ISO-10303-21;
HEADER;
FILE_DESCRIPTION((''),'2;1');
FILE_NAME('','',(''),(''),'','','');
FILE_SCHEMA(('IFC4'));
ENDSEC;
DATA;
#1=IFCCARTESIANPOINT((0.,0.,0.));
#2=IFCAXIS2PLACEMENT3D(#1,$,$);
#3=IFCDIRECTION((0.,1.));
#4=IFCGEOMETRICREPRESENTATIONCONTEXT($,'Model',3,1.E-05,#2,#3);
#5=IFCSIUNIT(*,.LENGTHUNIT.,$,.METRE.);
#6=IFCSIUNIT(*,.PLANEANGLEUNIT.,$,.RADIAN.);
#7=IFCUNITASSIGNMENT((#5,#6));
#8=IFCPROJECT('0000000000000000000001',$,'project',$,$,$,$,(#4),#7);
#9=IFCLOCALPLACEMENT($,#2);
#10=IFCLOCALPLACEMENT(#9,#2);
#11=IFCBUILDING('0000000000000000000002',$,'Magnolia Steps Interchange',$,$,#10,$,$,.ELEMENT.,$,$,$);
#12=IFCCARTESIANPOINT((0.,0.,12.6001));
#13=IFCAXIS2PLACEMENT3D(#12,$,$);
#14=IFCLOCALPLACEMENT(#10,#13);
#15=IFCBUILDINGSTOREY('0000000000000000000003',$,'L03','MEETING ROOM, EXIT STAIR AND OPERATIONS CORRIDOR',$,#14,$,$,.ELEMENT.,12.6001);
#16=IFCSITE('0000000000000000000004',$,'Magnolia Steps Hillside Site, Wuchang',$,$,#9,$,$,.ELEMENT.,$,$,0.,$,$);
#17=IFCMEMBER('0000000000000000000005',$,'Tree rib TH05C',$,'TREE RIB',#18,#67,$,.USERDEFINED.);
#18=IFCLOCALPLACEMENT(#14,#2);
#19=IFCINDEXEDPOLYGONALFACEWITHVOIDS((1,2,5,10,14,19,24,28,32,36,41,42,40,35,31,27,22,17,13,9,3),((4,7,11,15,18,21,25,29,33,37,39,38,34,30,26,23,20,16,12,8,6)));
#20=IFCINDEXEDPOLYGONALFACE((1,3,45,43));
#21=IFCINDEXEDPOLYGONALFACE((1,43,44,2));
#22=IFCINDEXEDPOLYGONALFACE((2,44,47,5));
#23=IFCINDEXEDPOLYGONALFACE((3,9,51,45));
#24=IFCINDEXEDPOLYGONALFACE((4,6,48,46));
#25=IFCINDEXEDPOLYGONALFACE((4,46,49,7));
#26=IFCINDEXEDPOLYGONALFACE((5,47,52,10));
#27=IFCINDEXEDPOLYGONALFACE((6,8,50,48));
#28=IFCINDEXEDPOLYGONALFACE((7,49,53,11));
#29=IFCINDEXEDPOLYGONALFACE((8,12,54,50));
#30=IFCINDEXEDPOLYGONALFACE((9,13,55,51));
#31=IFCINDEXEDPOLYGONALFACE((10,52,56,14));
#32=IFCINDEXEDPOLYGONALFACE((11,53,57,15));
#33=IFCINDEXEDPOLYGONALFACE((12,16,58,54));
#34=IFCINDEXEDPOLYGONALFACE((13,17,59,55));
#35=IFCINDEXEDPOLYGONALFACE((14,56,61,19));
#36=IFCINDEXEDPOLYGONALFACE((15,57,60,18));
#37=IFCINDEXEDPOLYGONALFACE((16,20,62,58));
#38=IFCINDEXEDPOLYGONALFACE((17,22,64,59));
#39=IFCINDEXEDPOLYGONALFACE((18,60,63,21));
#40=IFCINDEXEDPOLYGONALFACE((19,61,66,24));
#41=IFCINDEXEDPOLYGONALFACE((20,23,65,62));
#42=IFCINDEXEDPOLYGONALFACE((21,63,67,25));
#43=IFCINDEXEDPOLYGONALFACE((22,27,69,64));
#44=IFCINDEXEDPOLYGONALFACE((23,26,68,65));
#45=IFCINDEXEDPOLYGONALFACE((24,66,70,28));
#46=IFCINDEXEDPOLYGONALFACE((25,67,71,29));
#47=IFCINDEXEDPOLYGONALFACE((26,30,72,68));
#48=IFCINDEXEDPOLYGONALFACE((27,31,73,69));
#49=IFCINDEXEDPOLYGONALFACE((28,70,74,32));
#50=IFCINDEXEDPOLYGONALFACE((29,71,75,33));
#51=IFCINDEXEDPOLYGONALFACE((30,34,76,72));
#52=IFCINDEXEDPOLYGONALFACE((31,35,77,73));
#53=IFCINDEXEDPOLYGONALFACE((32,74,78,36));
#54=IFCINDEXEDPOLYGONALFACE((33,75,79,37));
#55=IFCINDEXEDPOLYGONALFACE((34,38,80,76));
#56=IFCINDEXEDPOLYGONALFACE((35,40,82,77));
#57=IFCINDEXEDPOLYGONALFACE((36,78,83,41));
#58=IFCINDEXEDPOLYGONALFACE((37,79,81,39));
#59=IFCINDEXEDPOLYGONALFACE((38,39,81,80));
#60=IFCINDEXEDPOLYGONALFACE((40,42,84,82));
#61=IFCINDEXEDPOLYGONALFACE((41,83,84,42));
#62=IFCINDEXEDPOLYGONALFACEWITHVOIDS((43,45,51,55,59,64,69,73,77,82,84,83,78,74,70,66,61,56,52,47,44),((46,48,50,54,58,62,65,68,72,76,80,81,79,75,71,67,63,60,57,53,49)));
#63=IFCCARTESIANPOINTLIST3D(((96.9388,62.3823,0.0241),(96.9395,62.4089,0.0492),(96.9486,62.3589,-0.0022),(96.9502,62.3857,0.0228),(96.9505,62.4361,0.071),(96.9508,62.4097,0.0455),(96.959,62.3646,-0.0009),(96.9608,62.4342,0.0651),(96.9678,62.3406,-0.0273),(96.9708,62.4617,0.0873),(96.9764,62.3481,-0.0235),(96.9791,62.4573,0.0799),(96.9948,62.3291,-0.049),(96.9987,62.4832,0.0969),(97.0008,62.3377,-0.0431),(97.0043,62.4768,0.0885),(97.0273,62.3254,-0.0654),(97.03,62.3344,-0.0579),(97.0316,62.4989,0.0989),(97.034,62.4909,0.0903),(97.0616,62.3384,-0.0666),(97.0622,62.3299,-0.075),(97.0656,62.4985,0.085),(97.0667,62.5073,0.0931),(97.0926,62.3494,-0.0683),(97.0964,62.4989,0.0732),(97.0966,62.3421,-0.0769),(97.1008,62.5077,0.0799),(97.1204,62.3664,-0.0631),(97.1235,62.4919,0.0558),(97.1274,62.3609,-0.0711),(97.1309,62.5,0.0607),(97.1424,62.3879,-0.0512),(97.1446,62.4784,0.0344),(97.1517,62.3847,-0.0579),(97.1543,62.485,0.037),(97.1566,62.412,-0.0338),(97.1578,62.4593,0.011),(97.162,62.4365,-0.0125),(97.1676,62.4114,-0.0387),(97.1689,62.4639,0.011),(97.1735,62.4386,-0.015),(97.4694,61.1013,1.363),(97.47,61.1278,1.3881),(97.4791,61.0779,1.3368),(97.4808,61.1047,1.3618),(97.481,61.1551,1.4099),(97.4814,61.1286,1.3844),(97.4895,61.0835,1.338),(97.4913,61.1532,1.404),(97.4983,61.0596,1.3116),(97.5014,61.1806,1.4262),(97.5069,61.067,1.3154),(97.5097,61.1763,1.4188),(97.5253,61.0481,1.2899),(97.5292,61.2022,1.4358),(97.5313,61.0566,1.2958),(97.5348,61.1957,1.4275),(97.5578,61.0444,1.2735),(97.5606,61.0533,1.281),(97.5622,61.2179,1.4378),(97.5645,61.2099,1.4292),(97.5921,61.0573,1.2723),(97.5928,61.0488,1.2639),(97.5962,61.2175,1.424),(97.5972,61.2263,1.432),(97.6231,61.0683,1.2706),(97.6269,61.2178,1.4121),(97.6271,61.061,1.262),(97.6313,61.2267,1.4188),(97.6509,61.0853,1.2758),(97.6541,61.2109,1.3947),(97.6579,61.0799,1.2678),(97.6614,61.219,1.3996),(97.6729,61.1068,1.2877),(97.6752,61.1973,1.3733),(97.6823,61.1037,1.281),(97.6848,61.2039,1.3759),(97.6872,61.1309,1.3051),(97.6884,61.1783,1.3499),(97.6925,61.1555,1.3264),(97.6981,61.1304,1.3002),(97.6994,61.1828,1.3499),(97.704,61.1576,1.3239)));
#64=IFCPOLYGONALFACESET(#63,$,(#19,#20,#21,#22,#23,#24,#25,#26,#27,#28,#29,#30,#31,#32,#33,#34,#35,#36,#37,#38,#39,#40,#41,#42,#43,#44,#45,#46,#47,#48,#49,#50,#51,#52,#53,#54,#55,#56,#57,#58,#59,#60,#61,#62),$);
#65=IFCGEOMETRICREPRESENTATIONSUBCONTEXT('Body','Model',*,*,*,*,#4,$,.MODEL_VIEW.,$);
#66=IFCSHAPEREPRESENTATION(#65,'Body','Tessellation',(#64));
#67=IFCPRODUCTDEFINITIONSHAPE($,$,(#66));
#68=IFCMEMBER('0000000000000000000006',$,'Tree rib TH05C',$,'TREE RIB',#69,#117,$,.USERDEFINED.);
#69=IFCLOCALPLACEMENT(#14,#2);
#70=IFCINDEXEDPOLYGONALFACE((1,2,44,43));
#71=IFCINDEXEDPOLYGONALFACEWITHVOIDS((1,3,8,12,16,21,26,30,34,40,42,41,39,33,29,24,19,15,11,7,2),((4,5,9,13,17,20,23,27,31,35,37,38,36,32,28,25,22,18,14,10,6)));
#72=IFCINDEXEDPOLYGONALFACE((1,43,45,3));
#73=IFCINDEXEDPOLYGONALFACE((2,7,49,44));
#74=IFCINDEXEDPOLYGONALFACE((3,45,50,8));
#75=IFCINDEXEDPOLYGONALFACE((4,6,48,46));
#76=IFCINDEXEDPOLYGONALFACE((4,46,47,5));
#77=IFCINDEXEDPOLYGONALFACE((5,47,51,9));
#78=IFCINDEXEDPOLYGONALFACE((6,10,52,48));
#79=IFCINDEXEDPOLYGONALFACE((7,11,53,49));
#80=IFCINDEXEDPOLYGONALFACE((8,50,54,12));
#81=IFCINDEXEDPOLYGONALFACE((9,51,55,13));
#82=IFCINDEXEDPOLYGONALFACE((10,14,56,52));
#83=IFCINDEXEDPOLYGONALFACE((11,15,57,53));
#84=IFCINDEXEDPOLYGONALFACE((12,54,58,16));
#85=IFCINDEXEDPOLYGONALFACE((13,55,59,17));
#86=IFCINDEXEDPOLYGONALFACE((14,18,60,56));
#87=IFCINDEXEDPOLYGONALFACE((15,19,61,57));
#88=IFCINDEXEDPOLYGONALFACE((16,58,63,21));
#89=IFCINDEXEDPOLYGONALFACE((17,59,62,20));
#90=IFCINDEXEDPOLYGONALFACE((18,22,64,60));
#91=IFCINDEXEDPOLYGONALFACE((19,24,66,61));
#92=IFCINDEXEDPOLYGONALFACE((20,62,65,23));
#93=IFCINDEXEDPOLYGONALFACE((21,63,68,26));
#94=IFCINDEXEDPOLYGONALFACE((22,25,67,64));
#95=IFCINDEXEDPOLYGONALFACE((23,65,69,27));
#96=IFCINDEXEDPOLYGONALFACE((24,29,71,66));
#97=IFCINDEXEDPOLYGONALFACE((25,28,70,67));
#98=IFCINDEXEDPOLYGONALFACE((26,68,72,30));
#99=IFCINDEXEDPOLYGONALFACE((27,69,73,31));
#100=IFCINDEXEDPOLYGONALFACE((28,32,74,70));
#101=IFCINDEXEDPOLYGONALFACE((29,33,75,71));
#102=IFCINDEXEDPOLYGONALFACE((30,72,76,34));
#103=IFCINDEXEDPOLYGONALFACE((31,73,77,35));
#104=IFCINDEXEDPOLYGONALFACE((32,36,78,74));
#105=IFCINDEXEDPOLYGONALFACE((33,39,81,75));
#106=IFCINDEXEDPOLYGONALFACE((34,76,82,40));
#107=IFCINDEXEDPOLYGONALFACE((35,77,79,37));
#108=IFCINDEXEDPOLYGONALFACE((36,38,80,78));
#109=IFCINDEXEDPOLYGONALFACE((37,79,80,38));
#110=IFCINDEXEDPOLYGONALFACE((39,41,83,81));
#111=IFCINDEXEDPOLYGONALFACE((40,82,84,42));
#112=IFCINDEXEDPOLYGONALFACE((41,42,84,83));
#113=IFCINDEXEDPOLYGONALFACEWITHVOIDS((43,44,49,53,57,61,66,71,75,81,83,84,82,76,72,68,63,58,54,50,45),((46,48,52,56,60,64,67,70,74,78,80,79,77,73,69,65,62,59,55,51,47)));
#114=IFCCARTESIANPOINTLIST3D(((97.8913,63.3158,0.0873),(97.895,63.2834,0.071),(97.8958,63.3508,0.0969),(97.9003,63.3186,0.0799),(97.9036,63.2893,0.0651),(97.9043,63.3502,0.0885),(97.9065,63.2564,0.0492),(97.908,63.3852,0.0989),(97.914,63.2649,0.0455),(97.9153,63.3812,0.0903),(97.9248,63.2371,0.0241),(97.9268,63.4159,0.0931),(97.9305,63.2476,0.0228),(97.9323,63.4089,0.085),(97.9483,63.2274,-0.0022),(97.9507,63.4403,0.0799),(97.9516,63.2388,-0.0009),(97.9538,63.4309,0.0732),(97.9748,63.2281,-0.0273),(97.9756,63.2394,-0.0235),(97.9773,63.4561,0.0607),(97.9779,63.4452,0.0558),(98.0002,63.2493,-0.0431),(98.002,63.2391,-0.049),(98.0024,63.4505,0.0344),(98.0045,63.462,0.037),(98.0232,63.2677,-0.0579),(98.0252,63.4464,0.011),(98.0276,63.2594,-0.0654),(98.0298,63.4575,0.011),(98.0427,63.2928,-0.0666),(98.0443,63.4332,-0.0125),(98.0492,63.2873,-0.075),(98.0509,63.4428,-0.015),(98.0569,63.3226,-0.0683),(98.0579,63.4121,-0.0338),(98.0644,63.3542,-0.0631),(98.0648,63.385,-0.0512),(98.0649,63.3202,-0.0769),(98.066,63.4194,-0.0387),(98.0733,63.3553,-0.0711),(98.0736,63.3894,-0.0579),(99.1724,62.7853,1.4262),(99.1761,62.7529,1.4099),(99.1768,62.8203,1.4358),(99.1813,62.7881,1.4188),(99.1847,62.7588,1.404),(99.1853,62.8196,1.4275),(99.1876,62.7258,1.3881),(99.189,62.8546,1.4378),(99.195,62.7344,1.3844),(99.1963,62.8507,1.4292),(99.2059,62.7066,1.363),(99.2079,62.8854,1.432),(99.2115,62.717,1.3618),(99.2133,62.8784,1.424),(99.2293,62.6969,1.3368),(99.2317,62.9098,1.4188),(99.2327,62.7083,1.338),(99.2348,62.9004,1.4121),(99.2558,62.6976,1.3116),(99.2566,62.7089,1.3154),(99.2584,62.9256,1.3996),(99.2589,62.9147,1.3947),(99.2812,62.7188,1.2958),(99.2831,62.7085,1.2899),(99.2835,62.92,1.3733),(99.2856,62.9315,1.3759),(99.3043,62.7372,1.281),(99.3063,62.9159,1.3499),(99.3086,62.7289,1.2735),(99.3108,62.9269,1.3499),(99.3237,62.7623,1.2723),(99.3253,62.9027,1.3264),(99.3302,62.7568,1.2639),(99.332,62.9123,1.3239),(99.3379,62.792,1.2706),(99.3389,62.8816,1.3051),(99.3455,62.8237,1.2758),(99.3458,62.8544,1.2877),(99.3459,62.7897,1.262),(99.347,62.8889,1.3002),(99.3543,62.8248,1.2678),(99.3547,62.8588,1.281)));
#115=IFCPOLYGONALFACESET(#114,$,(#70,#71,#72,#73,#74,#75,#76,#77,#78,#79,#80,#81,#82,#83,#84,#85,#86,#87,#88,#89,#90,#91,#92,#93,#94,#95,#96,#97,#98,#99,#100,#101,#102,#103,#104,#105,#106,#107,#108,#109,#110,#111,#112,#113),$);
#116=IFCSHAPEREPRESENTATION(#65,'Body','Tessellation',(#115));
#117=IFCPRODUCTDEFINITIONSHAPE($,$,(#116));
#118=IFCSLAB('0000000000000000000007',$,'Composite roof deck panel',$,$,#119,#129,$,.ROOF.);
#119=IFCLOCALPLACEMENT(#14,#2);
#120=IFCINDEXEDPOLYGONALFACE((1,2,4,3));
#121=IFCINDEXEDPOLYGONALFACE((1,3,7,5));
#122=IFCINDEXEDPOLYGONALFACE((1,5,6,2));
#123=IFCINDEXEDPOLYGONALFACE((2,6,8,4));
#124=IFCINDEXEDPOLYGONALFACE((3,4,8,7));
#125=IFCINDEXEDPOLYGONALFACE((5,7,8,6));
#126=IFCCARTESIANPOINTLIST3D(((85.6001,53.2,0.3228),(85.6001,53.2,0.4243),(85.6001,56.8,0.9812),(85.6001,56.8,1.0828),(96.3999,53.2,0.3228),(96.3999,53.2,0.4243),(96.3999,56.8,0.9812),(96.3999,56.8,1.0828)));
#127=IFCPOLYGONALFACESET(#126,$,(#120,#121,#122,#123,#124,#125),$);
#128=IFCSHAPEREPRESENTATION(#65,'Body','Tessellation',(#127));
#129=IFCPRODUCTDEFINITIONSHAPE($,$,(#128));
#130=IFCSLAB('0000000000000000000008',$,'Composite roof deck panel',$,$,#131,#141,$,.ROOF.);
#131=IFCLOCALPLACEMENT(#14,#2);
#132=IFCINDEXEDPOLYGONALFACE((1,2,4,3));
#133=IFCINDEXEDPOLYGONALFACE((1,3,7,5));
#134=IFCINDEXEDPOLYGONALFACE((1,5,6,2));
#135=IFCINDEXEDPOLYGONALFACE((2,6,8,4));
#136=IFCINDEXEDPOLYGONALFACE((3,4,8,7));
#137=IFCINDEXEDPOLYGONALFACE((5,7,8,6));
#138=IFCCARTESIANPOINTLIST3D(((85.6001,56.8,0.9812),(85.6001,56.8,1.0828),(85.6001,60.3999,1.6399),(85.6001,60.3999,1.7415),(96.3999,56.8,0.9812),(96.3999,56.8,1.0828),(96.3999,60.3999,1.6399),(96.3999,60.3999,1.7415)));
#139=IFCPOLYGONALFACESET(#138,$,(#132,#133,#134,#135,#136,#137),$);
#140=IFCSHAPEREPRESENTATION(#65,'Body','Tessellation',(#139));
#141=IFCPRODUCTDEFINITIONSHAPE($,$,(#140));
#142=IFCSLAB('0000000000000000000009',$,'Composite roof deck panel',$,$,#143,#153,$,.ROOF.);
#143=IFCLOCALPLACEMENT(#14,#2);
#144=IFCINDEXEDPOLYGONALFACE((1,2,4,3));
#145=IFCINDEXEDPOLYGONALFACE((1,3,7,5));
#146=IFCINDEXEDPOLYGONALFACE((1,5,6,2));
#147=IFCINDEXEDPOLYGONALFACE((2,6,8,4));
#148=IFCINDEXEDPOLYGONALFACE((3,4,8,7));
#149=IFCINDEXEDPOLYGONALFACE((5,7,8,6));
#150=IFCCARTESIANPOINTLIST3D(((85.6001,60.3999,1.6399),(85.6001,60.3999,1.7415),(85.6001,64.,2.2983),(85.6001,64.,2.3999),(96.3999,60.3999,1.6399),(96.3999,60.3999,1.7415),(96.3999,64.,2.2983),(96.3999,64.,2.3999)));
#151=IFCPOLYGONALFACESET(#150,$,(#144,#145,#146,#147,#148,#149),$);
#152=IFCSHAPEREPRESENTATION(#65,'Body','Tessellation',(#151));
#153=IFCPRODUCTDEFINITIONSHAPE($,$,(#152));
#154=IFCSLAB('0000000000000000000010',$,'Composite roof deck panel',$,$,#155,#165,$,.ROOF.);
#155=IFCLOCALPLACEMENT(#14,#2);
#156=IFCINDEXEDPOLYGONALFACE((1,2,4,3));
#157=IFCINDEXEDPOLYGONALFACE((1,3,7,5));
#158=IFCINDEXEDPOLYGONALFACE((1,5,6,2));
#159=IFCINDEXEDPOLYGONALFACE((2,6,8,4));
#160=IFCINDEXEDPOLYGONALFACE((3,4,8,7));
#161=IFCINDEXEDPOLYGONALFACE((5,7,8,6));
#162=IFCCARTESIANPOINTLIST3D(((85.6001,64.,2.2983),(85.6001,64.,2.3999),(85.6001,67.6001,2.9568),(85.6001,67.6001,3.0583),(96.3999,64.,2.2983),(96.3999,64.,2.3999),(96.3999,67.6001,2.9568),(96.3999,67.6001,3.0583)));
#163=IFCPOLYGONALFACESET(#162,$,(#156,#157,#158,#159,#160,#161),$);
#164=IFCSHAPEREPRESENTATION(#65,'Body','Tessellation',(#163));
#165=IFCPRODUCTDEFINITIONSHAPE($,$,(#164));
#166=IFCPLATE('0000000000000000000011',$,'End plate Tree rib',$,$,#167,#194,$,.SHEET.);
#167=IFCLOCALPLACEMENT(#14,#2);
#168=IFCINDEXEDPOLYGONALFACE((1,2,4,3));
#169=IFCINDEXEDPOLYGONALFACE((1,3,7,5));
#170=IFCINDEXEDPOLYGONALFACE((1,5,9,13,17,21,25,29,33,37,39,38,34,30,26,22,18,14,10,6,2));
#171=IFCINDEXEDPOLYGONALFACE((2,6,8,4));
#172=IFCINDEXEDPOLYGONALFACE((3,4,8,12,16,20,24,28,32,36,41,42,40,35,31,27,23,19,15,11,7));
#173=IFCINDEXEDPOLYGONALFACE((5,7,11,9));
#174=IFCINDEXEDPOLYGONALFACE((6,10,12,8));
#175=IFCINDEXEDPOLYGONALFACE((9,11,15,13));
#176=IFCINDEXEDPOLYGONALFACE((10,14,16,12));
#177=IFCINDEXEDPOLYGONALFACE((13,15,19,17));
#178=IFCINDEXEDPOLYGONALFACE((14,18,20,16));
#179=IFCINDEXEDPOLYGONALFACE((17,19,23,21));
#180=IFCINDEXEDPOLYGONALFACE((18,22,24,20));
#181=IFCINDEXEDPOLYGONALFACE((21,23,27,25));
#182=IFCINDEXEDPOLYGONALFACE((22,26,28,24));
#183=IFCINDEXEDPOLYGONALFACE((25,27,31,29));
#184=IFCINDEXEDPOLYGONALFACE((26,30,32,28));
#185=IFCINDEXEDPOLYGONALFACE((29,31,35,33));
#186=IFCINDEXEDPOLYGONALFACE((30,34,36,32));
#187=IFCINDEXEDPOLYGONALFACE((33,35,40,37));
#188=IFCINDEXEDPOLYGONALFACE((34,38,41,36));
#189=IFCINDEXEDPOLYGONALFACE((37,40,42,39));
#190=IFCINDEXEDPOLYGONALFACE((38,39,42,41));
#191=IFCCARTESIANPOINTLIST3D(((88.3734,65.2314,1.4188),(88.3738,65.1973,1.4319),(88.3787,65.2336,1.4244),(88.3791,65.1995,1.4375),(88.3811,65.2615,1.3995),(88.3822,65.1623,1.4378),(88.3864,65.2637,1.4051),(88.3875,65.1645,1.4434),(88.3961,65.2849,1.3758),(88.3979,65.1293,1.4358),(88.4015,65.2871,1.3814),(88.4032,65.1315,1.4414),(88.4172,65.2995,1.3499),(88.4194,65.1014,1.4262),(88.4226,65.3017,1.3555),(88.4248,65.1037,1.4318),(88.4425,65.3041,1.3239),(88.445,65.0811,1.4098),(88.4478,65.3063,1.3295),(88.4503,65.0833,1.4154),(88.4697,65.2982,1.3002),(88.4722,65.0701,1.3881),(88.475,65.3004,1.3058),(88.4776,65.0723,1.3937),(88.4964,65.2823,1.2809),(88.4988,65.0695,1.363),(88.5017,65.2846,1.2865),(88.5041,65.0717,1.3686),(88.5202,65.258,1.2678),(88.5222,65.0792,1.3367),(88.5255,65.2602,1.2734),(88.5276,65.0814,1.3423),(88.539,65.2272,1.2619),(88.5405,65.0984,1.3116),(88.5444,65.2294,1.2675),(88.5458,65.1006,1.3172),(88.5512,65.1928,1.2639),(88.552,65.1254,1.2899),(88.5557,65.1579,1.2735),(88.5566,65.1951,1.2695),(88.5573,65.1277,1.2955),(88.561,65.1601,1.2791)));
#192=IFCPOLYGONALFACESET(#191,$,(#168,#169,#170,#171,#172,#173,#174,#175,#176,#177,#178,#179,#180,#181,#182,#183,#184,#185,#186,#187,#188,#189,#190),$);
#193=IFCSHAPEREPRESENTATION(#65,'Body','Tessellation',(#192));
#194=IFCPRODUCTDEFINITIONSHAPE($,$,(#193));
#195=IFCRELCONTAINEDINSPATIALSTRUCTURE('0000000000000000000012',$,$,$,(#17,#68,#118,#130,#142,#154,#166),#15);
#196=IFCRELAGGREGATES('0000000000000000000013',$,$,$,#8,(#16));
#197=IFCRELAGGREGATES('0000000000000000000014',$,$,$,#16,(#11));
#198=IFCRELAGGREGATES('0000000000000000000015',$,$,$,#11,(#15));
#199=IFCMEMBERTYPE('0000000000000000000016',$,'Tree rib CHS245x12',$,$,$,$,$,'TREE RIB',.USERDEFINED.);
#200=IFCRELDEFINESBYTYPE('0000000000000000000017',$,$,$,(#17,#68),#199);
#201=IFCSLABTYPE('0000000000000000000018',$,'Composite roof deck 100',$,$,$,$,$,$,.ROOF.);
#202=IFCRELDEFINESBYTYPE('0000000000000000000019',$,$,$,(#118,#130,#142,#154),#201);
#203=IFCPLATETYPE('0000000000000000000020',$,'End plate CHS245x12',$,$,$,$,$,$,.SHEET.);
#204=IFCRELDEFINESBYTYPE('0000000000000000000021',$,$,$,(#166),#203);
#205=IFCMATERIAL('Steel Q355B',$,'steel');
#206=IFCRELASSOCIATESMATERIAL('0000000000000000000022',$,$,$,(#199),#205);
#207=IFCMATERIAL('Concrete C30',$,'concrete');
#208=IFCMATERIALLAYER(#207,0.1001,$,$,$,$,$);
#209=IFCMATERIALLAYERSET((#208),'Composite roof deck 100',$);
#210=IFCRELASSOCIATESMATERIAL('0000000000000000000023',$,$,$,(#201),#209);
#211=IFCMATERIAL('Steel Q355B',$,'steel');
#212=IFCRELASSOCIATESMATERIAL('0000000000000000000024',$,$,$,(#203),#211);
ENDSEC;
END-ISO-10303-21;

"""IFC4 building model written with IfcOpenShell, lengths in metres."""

from ifc_helpers import new_model, si_unit, direction, frame, origin, origin_2d, place, context, subcontext, project, spatial, polyline, circle, hollow_circle, outline, extrude, material, layer, layer_set, material_profile, profile_set, type_object, element, save


model = new_model("IFC4")

# Units and contexts
model_context = context("Model", 3, precision=1e-05, world=origin(), true_north=direction((0.0, 1.0)))
body_context = subcontext(model_context, "Body", "Model", "MODEL_VIEW")
ifc_project = project(units=[si_unit("LENGTHUNIT", "METRE"), si_unit("PLANEANGLEUNIT", "RADIAN")], contexts=[model_context])

# Site, building, storey
site_placement = place(None, origin())
site = spatial("IfcSite", under=ifc_project, at=site_placement, Name="Magnolia Steps Hillside Site, Wuchang", CompositionType="ELEMENT", RefElevation=0.0)
building_placement = place(site_placement, origin())
building = spatial("IfcBuilding", under=site, at=building_placement, Name="Magnolia Steps Interchange", CompositionType="ELEMENT")
storey_placement = place(building_placement, frame((0.0, 0.0, 12.6001)))
storey = spatial("IfcBuildingStorey", under=building, at=storey_placement, Name="L03", Description="MEETING ROOM, EXIT STAIR AND OPERATIONS CORRIDOR", CompositionType="ELEMENT", Elevation=12.6001)

# Members
ifc_material_1 = material(Name="Steel Q355B", Category="steel")
ifc_material_profile_1 = material_profile(ifc_material_1, hollow_circle(Radius=0.1226, WallThickness=0.012, at=origin_2d()), Name="CHS245x12")
ifc_profile_set_1 = profile_set([ifc_material_profile_1], Name="Steel Q355B")
member_type = type_object("IfcMemberType", Name="Tree rib CHS245x12", ElementType="TREE RIB", PredefinedType="USERDEFINED", material=ifc_profile_set_1)
for number, where, z_axis, x_axis, name in (
    (1, (97.0557, 62.417, 0.011), (0.275246, -0.664618, 0.694638), (0.923903, 0.382627, 0.0), "Tree rib TH05C"),
    (2, (97.9829, 63.3442, 0.011), (0.664618, -0.275246, 0.694638), (0.382627, 0.923903, 0.0), "Tree rib TH05C"),
):
    element("IfcMember", number, at=place(storey_placement, frame(where, z_axis=z_axis, x_axis=x_axis)), inside=storey, type_object=member_type, Name=name, ObjectType="TREE RIB", PredefinedType="USERDEFINED", context=body_context, shape_type="SweptSolid", body=[
        extrude(hollow_circle(Radius=0.1226, WallThickness=0.012, at=origin_2d()), origin(), (0.0, 0.0, 1.0), 1.9275),
    ])

# Slabs
ifc_material_2 = material(Name="Concrete C30", Category="concrete")
ifc_layer = layer(ifc_material_2, 0.1001)
ifc_layer_set = layer_set([ifc_layer], Name="Composite roof deck 100")
slab_type = type_object("IfcSlabType", Name="Composite roof deck 100", PredefinedType="ROOF", material=ifc_layer_set)
slab_1_placement = place(storey_placement, frame((96.3999, 53.2, 0.4243), z_axis=(0.0, -0.179913, 0.983683), x_axis=(0.0, 0.983683, 0.179913)))
element("IfcSlab", 3, at=slab_1_placement, inside=storey, type_object=slab_type, Name="Composite roof deck panel", PredefinedType="ROOF", context=body_context, shape_type="SweptSolid", body=[
    extrude(outline(polyline([(0.0, 0.0), (3.6598, 0.0), (3.6598, 10.7998), (0.0, 10.7998), (0.0, 0.0)])), origin(), (-0.179913, 0.0, -0.983683), 0.1016),
])
slab_2_placement = place(storey_placement, frame((96.3999, 56.8, 1.0828), z_axis=(0.0, -0.179989, 0.983669), x_axis=(0.0, 0.983669, 0.179989)))
element("IfcSlab", 4, at=slab_2_placement, inside=storey, type_object=slab_type, Name="Composite roof deck panel", PredefinedType="ROOF", context=body_context, shape_type="SweptSolid", body=[
    extrude(outline(polyline([(0.0, 0.0), (3.6596, 0.0), (3.6596, 10.7998), (0.0, 10.7998), (0.0, 0.0)])), origin(), (-0.179989, 0.0, -0.983669), 0.1016),
])
for number, where, z_axis, x_axis, name in (
    (5, (96.3999, 60.3999, 1.7415), (0.0, -0.179913, 0.983683), (0.0, 0.983683, 0.179913), "Composite roof deck panel"),
    (6, (96.3999, 64.0, 2.3999), (0.0, -0.179913, 0.983683), (0.0, 0.983683, 0.179913), "Composite roof deck panel"),
):
    element("IfcSlab", number, at=place(storey_placement, frame(where, z_axis=z_axis, x_axis=x_axis)), inside=storey, type_object=slab_type, Name=name, PredefinedType="ROOF", context=body_context, shape_type="SweptSolid", body=[
        extrude(outline(polyline([(0.0, 0.0), (3.6598, 0.0), (3.6598, 10.7998), (0.0, 10.7998), (0.0, 0.0)])), origin(), (-0.179913, 0.0, -0.983683), 0.1016),
    ])

# Plate
ifc_material_3 = material(Name="Steel Q355B", Category="steel")
ifc_material_profile_2 = material_profile(ifc_material_3, circle(Radius=0.1226, at=origin_2d()), Name="End plate CHS245x12")
ifc_profile_set_2 = profile_set([ifc_material_profile_2], Name="Steel Q355B")
plate_type = type_object("IfcPlateType", Name="End plate CHS245x12", PredefinedType="SHEET", material=ifc_profile_set_2)
for number, where, z_axis, x_axis, name in (
    (7, (88.4641, 65.1863, 1.3499), (0.664583, 0.275279, 0.694658), (-0.382683, 0.92388, 0.0), "End plate Tree rib"),
):
    element("IfcPlate", number, at=place(storey_placement, frame(where, z_axis=z_axis, x_axis=x_axis)), inside=storey, type_object=plate_type, Name=name, PredefinedType="SHEET", context=body_context, shape_type="SweptSolid", body=[
        extrude(circle(Radius=0.1226, at=origin_2d()), origin(), (0.0, 0.0, 1.0), 0.0081),
    ])

save(model, "model.ifc")
